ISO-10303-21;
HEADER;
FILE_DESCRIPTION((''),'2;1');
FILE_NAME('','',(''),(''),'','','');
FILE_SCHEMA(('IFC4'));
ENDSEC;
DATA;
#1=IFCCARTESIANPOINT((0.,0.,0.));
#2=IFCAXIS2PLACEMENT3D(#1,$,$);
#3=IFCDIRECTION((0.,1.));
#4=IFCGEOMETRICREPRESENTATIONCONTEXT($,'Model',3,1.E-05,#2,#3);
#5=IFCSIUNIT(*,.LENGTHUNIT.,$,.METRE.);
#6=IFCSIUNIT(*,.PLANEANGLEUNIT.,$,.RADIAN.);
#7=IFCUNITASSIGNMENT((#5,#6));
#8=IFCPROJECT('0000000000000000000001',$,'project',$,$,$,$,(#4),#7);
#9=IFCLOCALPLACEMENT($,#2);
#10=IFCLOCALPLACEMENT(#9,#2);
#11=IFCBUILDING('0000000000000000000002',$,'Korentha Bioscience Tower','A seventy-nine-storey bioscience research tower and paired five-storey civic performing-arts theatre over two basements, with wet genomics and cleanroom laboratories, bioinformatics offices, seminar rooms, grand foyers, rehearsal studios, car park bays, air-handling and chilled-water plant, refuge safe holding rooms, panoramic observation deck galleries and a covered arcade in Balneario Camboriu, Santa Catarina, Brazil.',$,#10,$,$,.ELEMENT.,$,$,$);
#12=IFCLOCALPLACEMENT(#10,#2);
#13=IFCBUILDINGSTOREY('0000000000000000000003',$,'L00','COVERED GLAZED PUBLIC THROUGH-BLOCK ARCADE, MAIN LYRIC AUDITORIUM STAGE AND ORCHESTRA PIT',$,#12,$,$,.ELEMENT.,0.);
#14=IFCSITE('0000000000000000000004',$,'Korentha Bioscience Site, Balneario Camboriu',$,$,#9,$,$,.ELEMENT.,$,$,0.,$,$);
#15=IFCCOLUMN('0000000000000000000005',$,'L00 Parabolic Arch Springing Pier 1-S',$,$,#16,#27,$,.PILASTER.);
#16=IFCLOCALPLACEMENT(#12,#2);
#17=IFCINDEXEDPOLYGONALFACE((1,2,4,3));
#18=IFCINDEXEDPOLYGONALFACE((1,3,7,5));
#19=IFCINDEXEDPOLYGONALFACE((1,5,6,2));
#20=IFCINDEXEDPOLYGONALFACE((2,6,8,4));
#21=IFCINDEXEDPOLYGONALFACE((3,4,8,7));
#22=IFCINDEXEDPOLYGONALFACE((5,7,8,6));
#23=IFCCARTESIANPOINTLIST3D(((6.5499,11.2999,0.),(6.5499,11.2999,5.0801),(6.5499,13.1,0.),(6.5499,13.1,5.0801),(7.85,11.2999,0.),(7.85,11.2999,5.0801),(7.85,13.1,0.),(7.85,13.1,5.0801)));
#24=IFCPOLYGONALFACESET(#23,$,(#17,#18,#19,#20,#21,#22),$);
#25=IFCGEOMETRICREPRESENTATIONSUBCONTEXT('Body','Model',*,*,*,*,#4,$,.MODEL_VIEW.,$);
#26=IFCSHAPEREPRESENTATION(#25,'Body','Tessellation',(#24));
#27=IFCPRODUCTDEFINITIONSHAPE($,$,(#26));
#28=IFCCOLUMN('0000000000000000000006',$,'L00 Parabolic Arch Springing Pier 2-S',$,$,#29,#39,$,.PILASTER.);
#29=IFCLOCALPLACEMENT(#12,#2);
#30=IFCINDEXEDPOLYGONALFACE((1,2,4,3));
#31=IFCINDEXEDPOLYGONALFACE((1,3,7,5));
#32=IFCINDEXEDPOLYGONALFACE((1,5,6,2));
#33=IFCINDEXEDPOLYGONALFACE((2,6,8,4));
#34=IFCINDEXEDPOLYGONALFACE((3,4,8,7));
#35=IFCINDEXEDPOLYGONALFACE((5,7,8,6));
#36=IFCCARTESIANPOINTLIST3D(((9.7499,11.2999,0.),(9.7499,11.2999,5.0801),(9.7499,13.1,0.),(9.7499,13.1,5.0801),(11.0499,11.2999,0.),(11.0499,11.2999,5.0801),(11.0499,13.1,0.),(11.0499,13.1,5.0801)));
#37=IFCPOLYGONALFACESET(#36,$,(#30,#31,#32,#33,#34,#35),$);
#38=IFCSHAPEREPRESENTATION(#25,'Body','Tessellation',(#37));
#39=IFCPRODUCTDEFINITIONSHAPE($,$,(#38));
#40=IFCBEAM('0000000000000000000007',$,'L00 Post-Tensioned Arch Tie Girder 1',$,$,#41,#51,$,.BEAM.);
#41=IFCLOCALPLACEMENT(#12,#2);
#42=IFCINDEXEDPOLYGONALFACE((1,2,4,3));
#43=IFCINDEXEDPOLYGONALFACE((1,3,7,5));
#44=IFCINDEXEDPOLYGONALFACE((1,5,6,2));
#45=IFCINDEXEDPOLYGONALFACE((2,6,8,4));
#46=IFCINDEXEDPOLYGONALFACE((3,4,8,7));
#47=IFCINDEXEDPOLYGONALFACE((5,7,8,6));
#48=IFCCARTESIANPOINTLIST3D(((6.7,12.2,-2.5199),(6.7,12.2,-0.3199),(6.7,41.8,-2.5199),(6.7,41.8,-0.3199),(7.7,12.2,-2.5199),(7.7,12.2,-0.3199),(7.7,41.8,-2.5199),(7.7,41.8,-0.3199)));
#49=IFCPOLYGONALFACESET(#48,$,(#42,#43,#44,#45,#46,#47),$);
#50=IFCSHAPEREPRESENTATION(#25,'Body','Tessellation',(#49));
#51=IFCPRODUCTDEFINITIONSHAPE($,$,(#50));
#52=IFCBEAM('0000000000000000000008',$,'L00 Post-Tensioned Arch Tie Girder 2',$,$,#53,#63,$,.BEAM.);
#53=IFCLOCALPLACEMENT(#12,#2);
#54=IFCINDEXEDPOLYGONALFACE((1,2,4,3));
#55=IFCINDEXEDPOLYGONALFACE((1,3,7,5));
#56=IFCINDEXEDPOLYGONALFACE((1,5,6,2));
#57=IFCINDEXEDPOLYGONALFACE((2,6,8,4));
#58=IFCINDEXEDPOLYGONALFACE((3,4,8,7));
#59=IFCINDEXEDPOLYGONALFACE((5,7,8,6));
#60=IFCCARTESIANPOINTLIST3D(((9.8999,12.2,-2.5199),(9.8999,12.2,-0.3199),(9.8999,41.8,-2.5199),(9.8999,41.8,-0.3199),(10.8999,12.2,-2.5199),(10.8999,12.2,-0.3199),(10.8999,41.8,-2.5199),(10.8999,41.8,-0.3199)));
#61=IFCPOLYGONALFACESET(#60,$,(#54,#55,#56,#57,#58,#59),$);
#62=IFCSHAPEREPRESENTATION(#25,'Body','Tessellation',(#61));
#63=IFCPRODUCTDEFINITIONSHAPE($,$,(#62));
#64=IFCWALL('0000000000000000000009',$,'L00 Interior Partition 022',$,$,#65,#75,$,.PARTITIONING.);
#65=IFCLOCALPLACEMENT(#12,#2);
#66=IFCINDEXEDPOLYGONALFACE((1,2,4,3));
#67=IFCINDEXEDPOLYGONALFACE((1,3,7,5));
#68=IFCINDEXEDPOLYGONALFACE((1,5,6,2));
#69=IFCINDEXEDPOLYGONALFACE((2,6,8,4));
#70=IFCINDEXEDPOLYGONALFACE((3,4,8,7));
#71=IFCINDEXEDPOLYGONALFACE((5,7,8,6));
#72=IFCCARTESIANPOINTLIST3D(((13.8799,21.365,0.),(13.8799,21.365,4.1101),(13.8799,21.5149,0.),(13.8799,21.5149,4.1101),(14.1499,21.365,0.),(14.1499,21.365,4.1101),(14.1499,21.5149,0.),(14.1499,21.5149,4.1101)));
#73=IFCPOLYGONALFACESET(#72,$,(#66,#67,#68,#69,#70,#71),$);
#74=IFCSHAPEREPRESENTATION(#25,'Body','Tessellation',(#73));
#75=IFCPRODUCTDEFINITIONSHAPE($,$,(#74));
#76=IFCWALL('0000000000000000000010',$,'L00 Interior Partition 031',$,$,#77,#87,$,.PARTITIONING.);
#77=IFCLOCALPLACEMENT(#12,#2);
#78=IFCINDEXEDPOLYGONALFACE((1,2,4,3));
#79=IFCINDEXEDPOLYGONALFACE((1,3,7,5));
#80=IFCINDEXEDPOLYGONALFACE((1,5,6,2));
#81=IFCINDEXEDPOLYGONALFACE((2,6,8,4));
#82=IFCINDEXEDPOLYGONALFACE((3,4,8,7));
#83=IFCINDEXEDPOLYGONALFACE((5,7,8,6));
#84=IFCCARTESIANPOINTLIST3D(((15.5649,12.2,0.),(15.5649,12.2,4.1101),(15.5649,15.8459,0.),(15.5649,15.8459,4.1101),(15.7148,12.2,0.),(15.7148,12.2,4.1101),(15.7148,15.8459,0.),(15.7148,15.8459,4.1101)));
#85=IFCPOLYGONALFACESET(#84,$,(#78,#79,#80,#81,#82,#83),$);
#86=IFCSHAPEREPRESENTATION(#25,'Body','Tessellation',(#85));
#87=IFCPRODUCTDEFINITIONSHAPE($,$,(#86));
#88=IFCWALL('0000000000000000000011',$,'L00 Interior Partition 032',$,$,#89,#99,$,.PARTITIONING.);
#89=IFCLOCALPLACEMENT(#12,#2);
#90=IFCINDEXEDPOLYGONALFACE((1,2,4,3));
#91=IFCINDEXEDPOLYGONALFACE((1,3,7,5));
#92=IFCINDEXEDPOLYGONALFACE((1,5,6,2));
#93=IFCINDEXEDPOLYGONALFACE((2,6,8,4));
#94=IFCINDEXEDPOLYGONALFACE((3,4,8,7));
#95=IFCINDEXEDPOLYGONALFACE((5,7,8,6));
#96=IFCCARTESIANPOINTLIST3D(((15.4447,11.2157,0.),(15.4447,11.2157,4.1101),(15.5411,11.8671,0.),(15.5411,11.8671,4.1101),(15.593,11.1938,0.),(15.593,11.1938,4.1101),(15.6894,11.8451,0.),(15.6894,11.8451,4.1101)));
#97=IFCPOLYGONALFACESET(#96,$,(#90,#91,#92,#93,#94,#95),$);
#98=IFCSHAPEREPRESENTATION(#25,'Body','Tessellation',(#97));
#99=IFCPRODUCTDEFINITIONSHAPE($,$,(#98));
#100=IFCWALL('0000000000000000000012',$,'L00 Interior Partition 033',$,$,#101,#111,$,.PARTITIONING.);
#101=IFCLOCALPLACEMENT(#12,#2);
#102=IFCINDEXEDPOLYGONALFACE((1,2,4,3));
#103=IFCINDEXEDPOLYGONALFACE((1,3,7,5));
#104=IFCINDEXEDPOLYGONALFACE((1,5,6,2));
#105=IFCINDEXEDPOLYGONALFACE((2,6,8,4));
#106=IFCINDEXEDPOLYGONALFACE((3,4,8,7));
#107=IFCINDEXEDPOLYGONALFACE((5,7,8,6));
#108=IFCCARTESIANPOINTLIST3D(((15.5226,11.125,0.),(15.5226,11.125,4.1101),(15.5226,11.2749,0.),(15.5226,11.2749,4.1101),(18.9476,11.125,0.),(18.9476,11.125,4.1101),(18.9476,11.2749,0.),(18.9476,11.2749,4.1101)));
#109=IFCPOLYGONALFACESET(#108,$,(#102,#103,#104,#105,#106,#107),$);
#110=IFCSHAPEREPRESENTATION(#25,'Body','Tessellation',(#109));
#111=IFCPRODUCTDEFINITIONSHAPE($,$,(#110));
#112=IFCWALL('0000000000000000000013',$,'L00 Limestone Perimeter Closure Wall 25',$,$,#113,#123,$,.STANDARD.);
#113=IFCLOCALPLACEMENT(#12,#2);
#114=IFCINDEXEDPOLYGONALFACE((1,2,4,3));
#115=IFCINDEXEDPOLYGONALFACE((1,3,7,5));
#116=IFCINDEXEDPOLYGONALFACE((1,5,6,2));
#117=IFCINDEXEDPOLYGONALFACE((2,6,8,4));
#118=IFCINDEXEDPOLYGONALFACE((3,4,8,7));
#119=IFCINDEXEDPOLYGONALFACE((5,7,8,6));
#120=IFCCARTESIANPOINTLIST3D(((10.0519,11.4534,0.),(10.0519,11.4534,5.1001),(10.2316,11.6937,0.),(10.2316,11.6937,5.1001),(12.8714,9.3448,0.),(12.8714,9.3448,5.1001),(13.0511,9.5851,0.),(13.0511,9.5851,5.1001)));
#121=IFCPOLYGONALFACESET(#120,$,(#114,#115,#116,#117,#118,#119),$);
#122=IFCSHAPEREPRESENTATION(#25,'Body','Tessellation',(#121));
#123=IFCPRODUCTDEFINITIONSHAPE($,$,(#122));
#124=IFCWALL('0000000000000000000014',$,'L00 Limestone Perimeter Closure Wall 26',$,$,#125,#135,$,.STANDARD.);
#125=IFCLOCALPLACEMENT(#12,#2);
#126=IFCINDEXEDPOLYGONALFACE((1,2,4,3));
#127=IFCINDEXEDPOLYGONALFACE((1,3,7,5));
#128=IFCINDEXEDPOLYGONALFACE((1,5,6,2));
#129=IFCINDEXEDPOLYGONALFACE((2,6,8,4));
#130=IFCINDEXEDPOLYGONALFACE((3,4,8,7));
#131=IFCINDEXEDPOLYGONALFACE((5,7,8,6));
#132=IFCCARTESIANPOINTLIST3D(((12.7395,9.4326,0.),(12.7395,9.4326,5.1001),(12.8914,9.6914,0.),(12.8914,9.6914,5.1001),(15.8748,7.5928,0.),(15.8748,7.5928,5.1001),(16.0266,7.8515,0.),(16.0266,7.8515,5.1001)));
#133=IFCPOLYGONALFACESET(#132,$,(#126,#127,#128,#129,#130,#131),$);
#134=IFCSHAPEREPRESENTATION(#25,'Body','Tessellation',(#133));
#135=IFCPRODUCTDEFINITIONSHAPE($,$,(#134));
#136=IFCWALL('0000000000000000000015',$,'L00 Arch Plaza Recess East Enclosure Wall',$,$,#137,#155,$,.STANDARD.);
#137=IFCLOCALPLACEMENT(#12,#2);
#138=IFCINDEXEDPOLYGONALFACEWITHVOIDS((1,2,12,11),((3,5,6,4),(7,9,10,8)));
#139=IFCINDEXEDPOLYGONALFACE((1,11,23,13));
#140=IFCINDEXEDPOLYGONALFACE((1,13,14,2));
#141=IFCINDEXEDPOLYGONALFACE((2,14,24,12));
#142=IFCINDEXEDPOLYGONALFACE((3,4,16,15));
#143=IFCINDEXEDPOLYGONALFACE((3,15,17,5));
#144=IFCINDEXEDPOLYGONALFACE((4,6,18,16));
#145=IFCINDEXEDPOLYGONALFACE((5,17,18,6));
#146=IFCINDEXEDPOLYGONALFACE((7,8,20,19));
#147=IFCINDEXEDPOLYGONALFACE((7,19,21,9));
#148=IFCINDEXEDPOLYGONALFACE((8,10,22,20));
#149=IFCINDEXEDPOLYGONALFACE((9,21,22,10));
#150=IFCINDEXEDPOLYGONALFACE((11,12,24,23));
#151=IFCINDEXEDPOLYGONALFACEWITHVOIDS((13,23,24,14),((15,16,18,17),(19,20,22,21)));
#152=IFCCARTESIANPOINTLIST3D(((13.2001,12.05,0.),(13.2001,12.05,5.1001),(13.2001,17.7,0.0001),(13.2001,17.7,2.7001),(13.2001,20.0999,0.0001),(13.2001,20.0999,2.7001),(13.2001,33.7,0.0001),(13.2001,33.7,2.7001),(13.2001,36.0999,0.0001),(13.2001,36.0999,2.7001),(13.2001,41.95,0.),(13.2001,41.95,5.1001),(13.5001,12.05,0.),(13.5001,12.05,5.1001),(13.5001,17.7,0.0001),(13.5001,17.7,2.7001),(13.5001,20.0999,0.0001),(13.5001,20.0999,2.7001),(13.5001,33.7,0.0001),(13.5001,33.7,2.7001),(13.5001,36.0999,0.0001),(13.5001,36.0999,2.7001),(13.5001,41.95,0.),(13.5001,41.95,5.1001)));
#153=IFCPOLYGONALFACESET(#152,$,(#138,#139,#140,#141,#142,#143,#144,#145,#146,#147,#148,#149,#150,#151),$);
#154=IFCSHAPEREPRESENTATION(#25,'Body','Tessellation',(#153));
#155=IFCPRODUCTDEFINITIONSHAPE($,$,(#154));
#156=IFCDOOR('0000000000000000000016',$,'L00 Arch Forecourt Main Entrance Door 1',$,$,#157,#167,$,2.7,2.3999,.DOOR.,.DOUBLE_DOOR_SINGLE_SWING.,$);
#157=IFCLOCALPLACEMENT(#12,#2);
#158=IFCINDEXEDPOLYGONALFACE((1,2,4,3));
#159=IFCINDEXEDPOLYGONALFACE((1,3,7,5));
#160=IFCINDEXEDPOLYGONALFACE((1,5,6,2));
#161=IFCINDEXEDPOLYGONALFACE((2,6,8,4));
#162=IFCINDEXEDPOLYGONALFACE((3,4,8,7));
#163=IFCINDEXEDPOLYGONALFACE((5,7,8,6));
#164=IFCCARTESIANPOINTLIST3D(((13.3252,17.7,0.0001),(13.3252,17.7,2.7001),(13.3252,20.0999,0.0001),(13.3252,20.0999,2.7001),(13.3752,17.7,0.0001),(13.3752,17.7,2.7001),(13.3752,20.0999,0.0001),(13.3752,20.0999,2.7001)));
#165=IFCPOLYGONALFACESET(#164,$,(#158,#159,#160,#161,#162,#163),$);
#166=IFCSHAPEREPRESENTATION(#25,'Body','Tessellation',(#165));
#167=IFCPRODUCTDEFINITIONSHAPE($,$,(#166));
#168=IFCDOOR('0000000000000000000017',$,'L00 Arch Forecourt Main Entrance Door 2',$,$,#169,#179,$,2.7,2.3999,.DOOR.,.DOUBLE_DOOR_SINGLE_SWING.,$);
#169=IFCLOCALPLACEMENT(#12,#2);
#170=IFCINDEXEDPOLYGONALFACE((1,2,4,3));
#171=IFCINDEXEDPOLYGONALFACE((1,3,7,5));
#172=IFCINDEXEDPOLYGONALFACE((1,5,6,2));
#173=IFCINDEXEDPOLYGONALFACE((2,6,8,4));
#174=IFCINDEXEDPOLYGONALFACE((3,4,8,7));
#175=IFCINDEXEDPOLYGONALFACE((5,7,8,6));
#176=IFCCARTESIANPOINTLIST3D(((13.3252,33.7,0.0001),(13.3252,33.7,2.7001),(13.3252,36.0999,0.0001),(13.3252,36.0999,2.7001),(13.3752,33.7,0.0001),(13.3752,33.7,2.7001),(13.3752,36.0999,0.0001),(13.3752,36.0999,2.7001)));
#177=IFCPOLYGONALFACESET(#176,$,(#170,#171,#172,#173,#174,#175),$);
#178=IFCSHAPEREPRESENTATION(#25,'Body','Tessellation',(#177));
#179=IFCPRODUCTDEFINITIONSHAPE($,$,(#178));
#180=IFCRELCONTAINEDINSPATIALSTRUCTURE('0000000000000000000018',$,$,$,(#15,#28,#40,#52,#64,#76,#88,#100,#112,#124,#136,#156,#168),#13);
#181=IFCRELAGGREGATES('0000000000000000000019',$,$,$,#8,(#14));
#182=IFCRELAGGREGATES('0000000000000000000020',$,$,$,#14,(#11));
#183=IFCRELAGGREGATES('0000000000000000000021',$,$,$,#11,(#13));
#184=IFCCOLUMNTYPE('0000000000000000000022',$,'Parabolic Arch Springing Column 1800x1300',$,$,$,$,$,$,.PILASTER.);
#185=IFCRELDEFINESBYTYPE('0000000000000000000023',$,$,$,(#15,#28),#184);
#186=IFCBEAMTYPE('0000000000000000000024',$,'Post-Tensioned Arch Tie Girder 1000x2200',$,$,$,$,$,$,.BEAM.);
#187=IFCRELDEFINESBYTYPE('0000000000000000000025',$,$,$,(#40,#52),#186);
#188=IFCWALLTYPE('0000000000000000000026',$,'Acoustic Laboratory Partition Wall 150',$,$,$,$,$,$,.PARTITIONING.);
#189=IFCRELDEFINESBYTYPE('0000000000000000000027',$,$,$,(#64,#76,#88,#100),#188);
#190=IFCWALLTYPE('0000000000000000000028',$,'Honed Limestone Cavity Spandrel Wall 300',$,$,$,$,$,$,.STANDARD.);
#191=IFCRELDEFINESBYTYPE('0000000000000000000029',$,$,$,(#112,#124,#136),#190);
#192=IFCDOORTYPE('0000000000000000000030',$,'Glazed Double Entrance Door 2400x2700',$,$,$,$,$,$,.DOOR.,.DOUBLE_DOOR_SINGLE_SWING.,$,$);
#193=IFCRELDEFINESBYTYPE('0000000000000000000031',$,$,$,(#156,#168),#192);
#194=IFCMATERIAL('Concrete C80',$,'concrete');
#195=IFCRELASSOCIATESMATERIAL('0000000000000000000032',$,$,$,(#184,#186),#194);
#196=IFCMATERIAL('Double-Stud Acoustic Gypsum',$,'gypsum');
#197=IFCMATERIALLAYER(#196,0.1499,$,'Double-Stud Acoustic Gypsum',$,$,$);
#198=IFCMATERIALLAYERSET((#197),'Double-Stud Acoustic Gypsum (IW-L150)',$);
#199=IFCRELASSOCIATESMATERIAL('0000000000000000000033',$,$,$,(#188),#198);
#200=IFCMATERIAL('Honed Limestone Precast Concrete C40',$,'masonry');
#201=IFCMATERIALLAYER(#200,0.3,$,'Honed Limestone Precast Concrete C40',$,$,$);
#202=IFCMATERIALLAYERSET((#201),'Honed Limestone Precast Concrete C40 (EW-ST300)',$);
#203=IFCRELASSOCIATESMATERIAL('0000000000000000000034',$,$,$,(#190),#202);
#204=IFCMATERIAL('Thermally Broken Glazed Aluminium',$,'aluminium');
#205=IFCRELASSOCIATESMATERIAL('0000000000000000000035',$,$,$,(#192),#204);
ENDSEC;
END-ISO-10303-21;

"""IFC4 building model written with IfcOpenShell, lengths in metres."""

from ifc_helpers import new_model, si_unit, direction, frame, frame_2d, origin, origin_2d, place, context, subcontext, project, spatial, rectangle, extrude, material, layer, layer_set, material_profile, profile_set, type_object, element, fill, save


model = new_model("IFC4")

# Units and contexts
model_context = context("Model", 3, precision=1e-05, world=origin(), true_north=direction((0.0, 1.0)))
body_context = subcontext(model_context, "Body", "Model", "MODEL_VIEW")
ifc_project = project(units=[si_unit("LENGTHUNIT", "METRE"), si_unit("PLANEANGLEUNIT", "RADIAN")], contexts=[model_context])

# Site, building, storey
site_placement = place(None, origin())
site = spatial("IfcSite", under=ifc_project, at=site_placement, Name="Korentha Bioscience Site, Balneario Camboriu", CompositionType="ELEMENT", RefElevation=0.0)
building_placement = place(site_placement, origin())
building = spatial("IfcBuilding", under=site, at=building_placement, Name="Korentha Bioscience Tower", Description="A seventy-nine-storey bioscience research tower and paired five-storey civic performing-arts theatre over two basements, with wet genomics and cleanroom laboratories, bioinformatics offices, seminar rooms, grand foyers, rehearsal studios, car park bays, air-handling and chilled-water plant, refuge safe holding rooms, panoramic observation deck galleries and a covered arcade in Balneario Camboriu, Santa Catarina, Brazil.", CompositionType="ELEMENT")
storey_placement = place(building_placement, origin())
storey = spatial("IfcBuildingStorey", under=building, at=storey_placement, Name="L00", Description="COVERED GLAZED PUBLIC THROUGH-BLOCK ARCADE, MAIN LYRIC AUDITORIUM STAGE AND ORCHESTRA PIT", CompositionType="ELEMENT", Elevation=0.0)

# Columns
ifc_material_1 = material(Name="Concrete C80", Category="concrete")
ifc_material_profile_1 = material_profile(ifc_material_1, rectangle(XDim=1.3, YDim=1.8, at=origin_2d()), Name="Concrete C80")
ifc_profile_set_1 = profile_set([ifc_material_profile_1], Name="Concrete C80 (AR-C1)")
column_type = type_object("IfcColumnType", Name="Parabolic Arch Springing Column 1800x1300", PredefinedType="PILASTER", material=ifc_profile_set_1)
for number, where, z_axis, x_axis, name in (
    (1, (7.2, 12.2, 0.0), (0.0, 0.0, 1.0), (1.0, 0.0, 0.0), "L00 Parabolic Arch Springing Pier 1-S"),
    (2, (10.3999, 12.2, 0.0), (0.0, 0.0, 1.0), (1.0, 0.0, 0.0), "L00 Parabolic Arch Springing Pier 2-S"),
):
    element("IfcColumn", number, at=place(storey_placement, frame(where, z_axis=z_axis, x_axis=x_axis)), inside=storey, type_object=column_type, Name=name, PredefinedType="PILASTER", context=body_context, shape_type="SweptSolid", body=[
        extrude(rectangle(XDim=1.3, YDim=1.8, at=origin_2d()), origin(), (0.0, 0.0, 1.0), 5.0801),
    ])

# Beams
ifc_material_profile_2 = material_profile(ifc_material_1, rectangle(XDim=1.0, YDim=2.2, at=origin_2d()), Name="Concrete C80")
ifc_profile_set_2 = profile_set([ifc_material_profile_2], Name="Concrete C80 (PT-B1)")
beam_type = type_object("IfcBeamType", Name="Post-Tensioned Arch Tie Girder 1000x2200", PredefinedType="BEAM", material=ifc_profile_set_2)
for number, where, z_axis, x_axis, name in (
    (3, (7.2, 12.2, -1.4199), (0.0, 1.0, 0.0), (-1.0, 0.0, 0.0), "L00 Post-Tensioned Arch Tie Girder 1"),
    (4, (10.3999, 12.2, -1.4199), (0.0, 1.0, 0.0), (-1.0, 0.0, 0.0), "L00 Post-Tensioned Arch Tie Girder 2"),
):
    element("IfcBeam", number, at=place(storey_placement, frame(where, z_axis=z_axis, x_axis=x_axis)), inside=storey, type_object=beam_type, Name=name, PredefinedType="BEAM", context=body_context, shape_type="SweptSolid", body=[
        extrude(rectangle(XDim=1.0, YDim=2.2, at=origin_2d()), origin(), (0.0, 0.0, 1.0), 29.6001),
    ])

# Walls
ifc_material_2 = material(Name="Double-Stud Acoustic Gypsum", Category="gypsum")
ifc_layer_1 = layer(ifc_material_2, 0.1499, Name="Double-Stud Acoustic Gypsum")
ifc_layer_set_1 = layer_set([ifc_layer_1], Name="Double-Stud Acoustic Gypsum (IW-L150)")
wall_type_1 = type_object("IfcWallType", Name="Acoustic Laboratory Partition Wall 150", PredefinedType="PARTITIONING", material=ifc_layer_set_1)
wall_1_placement = place(storey_placement, frame((13.8799, 21.4399, 0.0), z_axis=(0.0, 0.0, 1.0), x_axis=(1.0, 0.0, 0.0)))
element("IfcWall", 5, at=wall_1_placement, inside=storey, type_object=wall_type_1, Name="L00 Interior Partition 022", PredefinedType="PARTITIONING", context=body_context, shape_type="SweptSolid", body=[
    extrude(rectangle(XDim=0.27, YDim=0.1499, at=frame_2d((0.135, 0.0))), origin(), (0.0, 0.0, 1.0), 4.1101),
])
wall_2_placement = place(storey_placement, frame((15.6399, 15.8459, 0.0), z_axis=(0.0, 0.0, 1.0), x_axis=(0.0, -1.0, 0.0)))
element("IfcWall", 6, at=wall_2_placement, inside=storey, type_object=wall_type_1, Name="L00 Interior Partition 031", PredefinedType="PARTITIONING", context=body_context, shape_type="SweptSolid", body=[
    extrude(rectangle(XDim=3.646, YDim=0.1499, at=frame_2d((1.823, 0.0))), origin(), (0.0, 0.0, 1.0), 4.1101),
])
wall_3_placement = place(storey_placement, frame((15.6152, 11.856, 0.0), z_axis=(0.0, 0.0, 1.0), x_axis=(-0.146455, -0.989217, 0.0)))
element("IfcWall", 7, at=wall_3_placement, inside=storey, type_object=wall_type_1, Name="L00 Interior Partition 032", PredefinedType="PARTITIONING", context=body_context, shape_type="SweptSolid", body=[
    extrude(rectangle(XDim=0.6584, YDim=0.1499, at=frame_2d((0.3291, 0.0))), origin(), (0.0, 0.0, 1.0), 4.1101),
])
wall_4_placement = place(storey_placement, frame((15.5227, 11.2, 0.0), z_axis=(0.0, 0.0, 1.0), x_axis=(1.0, 0.0, 0.0)))
element("IfcWall", 8, at=wall_4_placement, inside=storey, type_object=wall_type_1, Name="L00 Interior Partition 033", PredefinedType="PARTITIONING", context=body_context, shape_type="SweptSolid", body=[
    extrude(rectangle(XDim=3.425, YDim=0.1499, at=frame_2d((1.7124, 0.0))), origin(), (0.0, 0.0, 1.0), 4.1101),
])
ifc_material_3 = material(Name="Honed Limestone Precast Concrete C40", Category="masonry")
ifc_layer_2 = layer(ifc_material_3, 0.3, Name="Honed Limestone Precast Concrete C40")
ifc_layer_set_2 = layer_set([ifc_layer_2], Name="Honed Limestone Precast Concrete C40 (EW-ST300)")
wall_type_2 = type_object("IfcWallType", Name="Honed Limestone Cavity Spandrel Wall 300", PredefinedType="STANDARD", material=ifc_layer_set_2)
wall_5_placement = place(storey_placement, frame((10.1418, 11.5735, 0.0), z_axis=(0.0, 0.0, 1.0), x_axis=(0.800823, -0.598901, 0.0)))
element("IfcWall", 9, at=wall_5_placement, inside=storey, type_object=wall_type_2, Name="L00 Limestone Perimeter Closure Wall 25", PredefinedType="STANDARD", context=body_context, shape_type="SweptSolid", body=[
    extrude(rectangle(XDim=3.5208, YDim=0.3, at=frame_2d((1.7603, 0.0))), origin(), (0.0, 0.0, 1.0), 5.1001),
])
wall_6_placement = place(storey_placement, frame((12.8154, 9.562, 0.0), z_axis=(0.0, 0.0, 1.0), x_axis=(0.862465, -0.506116, 0.0)))
element("IfcWall", 10, at=wall_6_placement, inside=storey, type_object=wall_type_2, Name="L00 Limestone Perimeter Closure Wall 26", PredefinedType="STANDARD", context=body_context, shape_type="SweptSolid", body=[
    extrude(rectangle(XDim=3.6353, YDim=0.3, at=frame_2d((1.8176, 0.0))), origin(), (0.0, 0.0, 1.0), 5.1001),
])

# Wall, openings, doors
wall_7_placement = place(storey_placement, frame((13.3501, 12.05, 0.0), z_axis=(0.0, 0.0, 1.0), x_axis=(0.0, 1.0, 0.0)))
wall_7 = element("IfcWall", 11, at=wall_7_placement, inside=storey, type_object=wall_type_2, Name="L00 Arch Plaza Recess East Enclosure Wall", PredefinedType="STANDARD", context=body_context, shape_type="SweptSolid", body=[
    extrude(rectangle(XDim=29.8999, YDim=0.3, at=frame_2d((14.95, 0.0))), origin(), (0.0, 0.0, 1.0), 5.1001),
])
opening_1_placement = place(wall_7_placement, frame((5.6499, 0.0, 0.0)))
opening_1 = element("IfcOpeningElement", 12, at=opening_1_placement, cuts=wall_7, PredefinedType="OPENING", context=body_context, shape_type="SweptSolid", body=[
    extrude(rectangle(XDim=2.3999, YDim=2.7, at=frame_2d((1.2, 1.3501))), frame((0.0, 0.165, 0.0), z_axis=(0.0, -1.0, 0.0), x_axis=(1.0, 0.0, 0.0)), (0.0, 0.0, 1.0), 0.3298),
])
opening_2_placement = place(wall_7_placement, frame((21.6499, 0.0, 0.0)))
opening_2 = element("IfcOpeningElement", 13, at=opening_2_placement, cuts=wall_7, PredefinedType="OPENING", context=body_context, shape_type="SweptSolid", body=[
    extrude(rectangle(XDim=2.3999, YDim=2.7, at=frame_2d((1.2, 1.3501))), frame((0.0, 0.165, 0.0), z_axis=(0.0, -1.0, 0.0), x_axis=(1.0, 0.0, 0.0)), (0.0, 0.0, 1.0), 0.3298),
])
ifc_material_4 = material(Name="Thermally Broken Glazed Aluminium", Category="aluminium")
door_type_1 = type_object("IfcDoorType", Name="Glazed Double Entrance Door 2400x2700", OperationType="DOUBLE_DOOR_SINGLE_SWING", PredefinedType="DOOR", material=ifc_material_4)
door_1_placement = place(opening_1_placement, origin())
door_1 = element("IfcDoor", 14, at=door_1_placement, inside=storey, type_object=door_type_1, Name="L00 Arch Forecourt Main Entrance Door 1", OperationType="DOUBLE_DOOR_SINGLE_SWING", OverallHeight=2.7, OverallWidth=2.3999, PredefinedType="DOOR", context=body_context, shape_type="SweptSolid", body=[
    extrude(rectangle(XDim=2.3999, YDim=2.7, at=frame_2d((1.2, 1.3501))), frame((0.0, 0.0249, 0.0), z_axis=(0.0, -1.0, 0.0), x_axis=(1.0, 0.0, 0.0)), (0.0, 0.0, 1.0), 0.05),
])
fill(opening_1, door_1)
door_2_placement = place(opening_2_placement, origin())
door_2 = element("IfcDoor", 15, at=door_2_placement, inside=storey, type_object=door_type_1, Name="L00 Arch Forecourt Main Entrance Door 2", OperationType="DOUBLE_DOOR_SINGLE_SWING", OverallHeight=2.7, OverallWidth=2.3999, PredefinedType="DOOR", context=body_context, shape_type="SweptSolid", body=[
    extrude(rectangle(XDim=2.3999, YDim=2.7, at=frame_2d((1.2, 1.3501))), frame((0.0, 0.0249, 0.0), z_axis=(0.0, -1.0, 0.0), x_axis=(1.0, 0.0, 0.0)), (0.0, 0.0, 1.0), 0.05),
])
fill(opening_2, door_2)

save(model, "model.ifc")
